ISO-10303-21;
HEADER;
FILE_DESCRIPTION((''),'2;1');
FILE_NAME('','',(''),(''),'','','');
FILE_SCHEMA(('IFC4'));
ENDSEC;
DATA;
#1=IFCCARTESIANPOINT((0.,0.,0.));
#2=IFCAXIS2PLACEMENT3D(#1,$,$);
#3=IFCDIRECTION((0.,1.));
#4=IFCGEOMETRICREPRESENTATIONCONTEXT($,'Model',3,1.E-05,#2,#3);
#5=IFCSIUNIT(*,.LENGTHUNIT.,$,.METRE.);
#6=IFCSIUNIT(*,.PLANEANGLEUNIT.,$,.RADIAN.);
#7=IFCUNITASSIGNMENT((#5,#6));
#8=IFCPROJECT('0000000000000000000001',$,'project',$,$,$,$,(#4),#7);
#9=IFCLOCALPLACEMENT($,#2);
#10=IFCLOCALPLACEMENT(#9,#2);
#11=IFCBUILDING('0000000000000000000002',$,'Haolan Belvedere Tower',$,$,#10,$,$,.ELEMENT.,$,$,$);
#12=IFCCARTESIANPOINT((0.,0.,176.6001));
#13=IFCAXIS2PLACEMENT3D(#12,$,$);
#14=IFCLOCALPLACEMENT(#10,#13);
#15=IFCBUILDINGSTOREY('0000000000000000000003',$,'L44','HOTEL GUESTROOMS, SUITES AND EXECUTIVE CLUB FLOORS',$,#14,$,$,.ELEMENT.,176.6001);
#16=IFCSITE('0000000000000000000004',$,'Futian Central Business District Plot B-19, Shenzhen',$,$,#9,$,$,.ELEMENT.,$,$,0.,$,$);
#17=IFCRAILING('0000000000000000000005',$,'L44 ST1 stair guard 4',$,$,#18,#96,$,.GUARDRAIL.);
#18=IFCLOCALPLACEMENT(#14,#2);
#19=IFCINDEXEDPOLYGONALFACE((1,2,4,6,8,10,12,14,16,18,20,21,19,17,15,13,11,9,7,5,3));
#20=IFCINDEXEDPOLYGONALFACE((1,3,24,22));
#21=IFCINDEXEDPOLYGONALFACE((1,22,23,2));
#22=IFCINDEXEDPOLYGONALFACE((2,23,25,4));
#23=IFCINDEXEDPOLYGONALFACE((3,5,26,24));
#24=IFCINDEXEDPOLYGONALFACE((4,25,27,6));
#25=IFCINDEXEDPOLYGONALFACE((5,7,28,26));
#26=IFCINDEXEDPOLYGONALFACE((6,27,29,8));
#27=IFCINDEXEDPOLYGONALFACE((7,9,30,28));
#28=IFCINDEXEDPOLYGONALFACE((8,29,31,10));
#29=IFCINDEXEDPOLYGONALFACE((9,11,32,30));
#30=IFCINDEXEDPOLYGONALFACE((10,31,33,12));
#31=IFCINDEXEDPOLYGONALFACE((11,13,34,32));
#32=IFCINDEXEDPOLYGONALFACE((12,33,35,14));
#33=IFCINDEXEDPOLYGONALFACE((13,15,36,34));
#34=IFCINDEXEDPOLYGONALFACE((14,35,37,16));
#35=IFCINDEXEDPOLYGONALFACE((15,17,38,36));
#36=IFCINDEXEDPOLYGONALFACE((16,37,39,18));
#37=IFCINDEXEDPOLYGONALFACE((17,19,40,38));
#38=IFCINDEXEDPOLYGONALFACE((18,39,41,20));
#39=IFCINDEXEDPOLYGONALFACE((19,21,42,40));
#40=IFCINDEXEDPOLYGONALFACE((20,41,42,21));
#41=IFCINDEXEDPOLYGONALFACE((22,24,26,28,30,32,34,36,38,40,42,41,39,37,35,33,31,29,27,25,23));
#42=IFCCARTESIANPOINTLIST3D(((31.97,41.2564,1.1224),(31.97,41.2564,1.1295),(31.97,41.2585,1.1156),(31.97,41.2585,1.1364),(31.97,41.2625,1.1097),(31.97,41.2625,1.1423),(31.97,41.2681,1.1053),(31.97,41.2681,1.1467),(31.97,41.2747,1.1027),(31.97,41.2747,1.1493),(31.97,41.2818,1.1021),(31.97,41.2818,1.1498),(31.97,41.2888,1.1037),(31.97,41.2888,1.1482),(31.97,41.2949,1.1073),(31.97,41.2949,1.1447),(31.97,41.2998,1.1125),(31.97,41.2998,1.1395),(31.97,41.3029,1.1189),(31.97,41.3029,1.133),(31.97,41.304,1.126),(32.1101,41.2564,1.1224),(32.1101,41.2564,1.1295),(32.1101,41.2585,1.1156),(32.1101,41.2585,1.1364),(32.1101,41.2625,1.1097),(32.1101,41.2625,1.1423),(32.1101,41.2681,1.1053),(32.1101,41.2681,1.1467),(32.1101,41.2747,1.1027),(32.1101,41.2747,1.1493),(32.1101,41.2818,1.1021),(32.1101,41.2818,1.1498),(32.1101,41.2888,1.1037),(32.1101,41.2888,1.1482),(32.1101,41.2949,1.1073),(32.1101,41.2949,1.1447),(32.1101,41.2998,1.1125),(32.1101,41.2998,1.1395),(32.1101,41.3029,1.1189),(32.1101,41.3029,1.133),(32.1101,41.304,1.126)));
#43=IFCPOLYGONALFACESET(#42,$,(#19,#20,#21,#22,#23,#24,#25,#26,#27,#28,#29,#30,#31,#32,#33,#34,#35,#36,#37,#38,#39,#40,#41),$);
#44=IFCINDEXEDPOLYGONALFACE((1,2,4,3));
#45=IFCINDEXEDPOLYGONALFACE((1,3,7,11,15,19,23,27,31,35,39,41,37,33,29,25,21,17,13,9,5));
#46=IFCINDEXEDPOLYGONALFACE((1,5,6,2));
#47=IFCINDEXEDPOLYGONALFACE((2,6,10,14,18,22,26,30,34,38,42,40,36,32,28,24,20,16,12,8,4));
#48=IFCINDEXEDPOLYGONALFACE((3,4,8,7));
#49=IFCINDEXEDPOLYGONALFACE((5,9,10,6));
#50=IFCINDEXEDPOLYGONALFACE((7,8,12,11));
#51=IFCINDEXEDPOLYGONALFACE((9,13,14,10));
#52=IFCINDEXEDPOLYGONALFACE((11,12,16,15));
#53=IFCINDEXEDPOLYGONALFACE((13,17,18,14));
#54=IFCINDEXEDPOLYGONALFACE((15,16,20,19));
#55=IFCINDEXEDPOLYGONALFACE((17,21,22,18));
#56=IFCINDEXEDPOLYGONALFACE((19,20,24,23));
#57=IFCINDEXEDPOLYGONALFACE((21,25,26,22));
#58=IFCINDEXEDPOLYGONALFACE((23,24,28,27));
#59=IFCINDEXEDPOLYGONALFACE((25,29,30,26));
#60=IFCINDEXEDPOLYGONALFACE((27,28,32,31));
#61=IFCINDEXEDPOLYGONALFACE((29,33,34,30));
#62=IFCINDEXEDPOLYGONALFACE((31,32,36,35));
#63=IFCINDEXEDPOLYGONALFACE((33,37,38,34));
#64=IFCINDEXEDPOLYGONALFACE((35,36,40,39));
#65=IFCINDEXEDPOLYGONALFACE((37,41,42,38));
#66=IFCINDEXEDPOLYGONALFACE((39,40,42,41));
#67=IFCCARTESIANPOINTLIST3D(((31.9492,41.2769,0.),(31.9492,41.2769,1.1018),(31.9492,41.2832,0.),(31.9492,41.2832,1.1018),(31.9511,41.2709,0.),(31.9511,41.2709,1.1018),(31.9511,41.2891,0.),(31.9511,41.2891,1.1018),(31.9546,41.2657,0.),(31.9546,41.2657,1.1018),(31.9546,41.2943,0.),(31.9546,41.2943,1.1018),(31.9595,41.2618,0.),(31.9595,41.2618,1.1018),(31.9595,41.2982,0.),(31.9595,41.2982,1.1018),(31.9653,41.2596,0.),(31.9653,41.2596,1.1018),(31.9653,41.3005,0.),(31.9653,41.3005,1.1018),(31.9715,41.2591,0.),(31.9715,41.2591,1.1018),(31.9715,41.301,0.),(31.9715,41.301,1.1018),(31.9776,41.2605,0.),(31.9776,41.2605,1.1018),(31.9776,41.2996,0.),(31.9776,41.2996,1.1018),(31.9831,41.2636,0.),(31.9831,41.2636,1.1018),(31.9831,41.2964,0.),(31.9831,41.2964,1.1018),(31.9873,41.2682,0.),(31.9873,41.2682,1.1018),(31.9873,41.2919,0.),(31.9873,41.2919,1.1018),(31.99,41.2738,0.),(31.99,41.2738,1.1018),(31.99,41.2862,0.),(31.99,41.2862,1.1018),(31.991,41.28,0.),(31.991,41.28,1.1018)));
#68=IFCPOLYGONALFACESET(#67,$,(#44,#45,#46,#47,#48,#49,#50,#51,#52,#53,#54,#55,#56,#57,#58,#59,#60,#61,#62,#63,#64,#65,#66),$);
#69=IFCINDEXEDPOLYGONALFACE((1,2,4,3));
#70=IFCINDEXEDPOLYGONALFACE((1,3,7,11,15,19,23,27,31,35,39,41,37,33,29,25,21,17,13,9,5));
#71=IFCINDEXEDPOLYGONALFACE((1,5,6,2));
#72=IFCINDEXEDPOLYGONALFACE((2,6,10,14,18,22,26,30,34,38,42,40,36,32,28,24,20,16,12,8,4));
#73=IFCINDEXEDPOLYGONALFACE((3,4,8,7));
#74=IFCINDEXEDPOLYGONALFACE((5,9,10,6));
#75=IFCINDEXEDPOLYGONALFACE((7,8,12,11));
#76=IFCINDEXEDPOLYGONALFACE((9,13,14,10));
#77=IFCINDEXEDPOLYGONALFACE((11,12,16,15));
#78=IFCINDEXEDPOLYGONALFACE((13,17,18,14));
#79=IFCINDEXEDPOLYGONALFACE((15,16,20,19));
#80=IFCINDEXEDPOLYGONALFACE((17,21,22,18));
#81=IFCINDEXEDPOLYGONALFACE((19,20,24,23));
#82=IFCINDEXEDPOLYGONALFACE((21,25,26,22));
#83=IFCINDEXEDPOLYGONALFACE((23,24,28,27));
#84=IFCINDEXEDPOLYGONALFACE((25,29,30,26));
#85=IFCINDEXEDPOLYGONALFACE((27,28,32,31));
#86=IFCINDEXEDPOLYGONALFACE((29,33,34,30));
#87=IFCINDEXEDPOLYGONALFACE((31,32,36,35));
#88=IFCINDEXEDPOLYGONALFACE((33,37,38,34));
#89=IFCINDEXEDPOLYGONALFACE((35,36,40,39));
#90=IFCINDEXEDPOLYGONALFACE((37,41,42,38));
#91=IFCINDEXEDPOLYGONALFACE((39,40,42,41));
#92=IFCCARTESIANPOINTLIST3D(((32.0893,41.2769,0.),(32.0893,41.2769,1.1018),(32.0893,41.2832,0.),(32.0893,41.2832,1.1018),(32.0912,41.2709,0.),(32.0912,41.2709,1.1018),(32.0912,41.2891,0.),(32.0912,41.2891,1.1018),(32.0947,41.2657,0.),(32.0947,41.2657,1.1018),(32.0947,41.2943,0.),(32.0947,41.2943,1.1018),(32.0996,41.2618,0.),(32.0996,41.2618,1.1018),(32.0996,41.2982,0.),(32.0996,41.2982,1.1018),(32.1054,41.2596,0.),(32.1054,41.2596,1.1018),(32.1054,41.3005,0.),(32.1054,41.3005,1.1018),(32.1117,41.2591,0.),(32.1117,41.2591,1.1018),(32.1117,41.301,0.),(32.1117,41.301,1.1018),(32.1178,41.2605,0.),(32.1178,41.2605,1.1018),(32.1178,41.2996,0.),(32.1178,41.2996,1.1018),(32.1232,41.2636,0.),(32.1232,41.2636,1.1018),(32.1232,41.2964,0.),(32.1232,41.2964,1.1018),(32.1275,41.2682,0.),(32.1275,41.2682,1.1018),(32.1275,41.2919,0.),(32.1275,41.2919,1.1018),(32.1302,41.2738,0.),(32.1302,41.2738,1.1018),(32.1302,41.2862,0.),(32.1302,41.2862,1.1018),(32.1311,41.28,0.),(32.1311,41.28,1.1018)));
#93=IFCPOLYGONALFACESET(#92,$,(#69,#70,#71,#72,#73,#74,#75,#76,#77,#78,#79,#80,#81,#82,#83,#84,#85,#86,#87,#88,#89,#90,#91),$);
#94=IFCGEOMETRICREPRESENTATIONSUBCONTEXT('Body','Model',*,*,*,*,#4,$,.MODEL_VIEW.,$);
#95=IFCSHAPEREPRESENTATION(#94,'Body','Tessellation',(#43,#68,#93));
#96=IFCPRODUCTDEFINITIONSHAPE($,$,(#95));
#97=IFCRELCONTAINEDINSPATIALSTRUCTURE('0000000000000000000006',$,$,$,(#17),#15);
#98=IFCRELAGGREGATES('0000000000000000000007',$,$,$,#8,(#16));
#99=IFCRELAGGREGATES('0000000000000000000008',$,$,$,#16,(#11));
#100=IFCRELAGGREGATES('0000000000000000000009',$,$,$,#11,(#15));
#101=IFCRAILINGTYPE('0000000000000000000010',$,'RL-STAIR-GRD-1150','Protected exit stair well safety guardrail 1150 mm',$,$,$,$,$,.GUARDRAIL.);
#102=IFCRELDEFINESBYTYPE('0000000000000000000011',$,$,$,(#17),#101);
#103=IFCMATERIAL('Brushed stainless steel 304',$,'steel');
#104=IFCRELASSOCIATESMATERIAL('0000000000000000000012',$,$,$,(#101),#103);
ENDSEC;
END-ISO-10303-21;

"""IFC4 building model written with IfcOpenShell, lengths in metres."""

from ifc_helpers import new_model, si_unit, direction, frame, origin, origin_2d, place, context, subcontext, project, spatial, circle, extrude, material, type_object, element, save


model = new_model("IFC4")

# Units and contexts
model_context = context("Model", 3, precision=1e-05, world=origin(), true_north=direction((0.0, 1.0)))
body_context = subcontext(model_context, "Body", "Model", "MODEL_VIEW")
ifc_project = project(units=[si_unit("LENGTHUNIT", "METRE"), si_unit("PLANEANGLEUNIT", "RADIAN")], contexts=[model_context])

# Site, building, storey
site_placement = place(None, origin())
site = spatial("IfcSite", under=ifc_project, at=site_placement, Name="Futian Central Business District Plot B-19, Shenzhen", CompositionType="ELEMENT", RefElevation=0.0)
building_placement = place(site_placement, origin())
building = spatial("IfcBuilding", under=site, at=building_placement, Name="Haolan Belvedere Tower", CompositionType="ELEMENT")
storey_placement = place(building_placement, frame((0.0, 0.0, 176.6001)))
storey = spatial("IfcBuildingStorey", under=building, at=storey_placement, Name="L44", Description="HOTEL GUESTROOMS, SUITES AND EXECUTIVE CLUB FLOORS", CompositionType="ELEMENT", Elevation=176.6001)

# Railing
ifc_material_1 = material(Name="Brushed stainless steel 304", Category="steel")
railing_type_1 = type_object("IfcRailingType", Name="RL-STAIR-GRD-1150", Description="Protected exit stair well safety guardrail 1150 mm", PredefinedType="GUARDRAIL", material=ifc_material_1)
railing_1_placement = place(storey_placement, frame((31.97, 41.28, 0.0)))
element("IfcRailing", 1, at=railing_1_placement, inside=storey, type_object=railing_type_1, Name="L44 ST1 stair guard 4", PredefinedType="GUARDRAIL", context=body_context, shape_type="SweptSolid", body=[
    extrude(circle(Radius=0.0239, at=origin_2d()), frame((0.0, 0.0, 1.126), z_axis=(1.0, 0.0, 0.0), x_axis=(0.0, 1.0, 0.0)), (0.0, 0.0, 1.0), 0.1401),
    extrude(circle(Radius=0.021, at=origin_2d()), origin(), (0.0, 0.0, 1.0), 1.1018),
    extrude(circle(Radius=0.021, at=origin_2d()), frame((0.1401, 0.0, 0.0)), (0.0, 0.0, 1.0), 1.1018),
])

save(model, "model.ifc")
